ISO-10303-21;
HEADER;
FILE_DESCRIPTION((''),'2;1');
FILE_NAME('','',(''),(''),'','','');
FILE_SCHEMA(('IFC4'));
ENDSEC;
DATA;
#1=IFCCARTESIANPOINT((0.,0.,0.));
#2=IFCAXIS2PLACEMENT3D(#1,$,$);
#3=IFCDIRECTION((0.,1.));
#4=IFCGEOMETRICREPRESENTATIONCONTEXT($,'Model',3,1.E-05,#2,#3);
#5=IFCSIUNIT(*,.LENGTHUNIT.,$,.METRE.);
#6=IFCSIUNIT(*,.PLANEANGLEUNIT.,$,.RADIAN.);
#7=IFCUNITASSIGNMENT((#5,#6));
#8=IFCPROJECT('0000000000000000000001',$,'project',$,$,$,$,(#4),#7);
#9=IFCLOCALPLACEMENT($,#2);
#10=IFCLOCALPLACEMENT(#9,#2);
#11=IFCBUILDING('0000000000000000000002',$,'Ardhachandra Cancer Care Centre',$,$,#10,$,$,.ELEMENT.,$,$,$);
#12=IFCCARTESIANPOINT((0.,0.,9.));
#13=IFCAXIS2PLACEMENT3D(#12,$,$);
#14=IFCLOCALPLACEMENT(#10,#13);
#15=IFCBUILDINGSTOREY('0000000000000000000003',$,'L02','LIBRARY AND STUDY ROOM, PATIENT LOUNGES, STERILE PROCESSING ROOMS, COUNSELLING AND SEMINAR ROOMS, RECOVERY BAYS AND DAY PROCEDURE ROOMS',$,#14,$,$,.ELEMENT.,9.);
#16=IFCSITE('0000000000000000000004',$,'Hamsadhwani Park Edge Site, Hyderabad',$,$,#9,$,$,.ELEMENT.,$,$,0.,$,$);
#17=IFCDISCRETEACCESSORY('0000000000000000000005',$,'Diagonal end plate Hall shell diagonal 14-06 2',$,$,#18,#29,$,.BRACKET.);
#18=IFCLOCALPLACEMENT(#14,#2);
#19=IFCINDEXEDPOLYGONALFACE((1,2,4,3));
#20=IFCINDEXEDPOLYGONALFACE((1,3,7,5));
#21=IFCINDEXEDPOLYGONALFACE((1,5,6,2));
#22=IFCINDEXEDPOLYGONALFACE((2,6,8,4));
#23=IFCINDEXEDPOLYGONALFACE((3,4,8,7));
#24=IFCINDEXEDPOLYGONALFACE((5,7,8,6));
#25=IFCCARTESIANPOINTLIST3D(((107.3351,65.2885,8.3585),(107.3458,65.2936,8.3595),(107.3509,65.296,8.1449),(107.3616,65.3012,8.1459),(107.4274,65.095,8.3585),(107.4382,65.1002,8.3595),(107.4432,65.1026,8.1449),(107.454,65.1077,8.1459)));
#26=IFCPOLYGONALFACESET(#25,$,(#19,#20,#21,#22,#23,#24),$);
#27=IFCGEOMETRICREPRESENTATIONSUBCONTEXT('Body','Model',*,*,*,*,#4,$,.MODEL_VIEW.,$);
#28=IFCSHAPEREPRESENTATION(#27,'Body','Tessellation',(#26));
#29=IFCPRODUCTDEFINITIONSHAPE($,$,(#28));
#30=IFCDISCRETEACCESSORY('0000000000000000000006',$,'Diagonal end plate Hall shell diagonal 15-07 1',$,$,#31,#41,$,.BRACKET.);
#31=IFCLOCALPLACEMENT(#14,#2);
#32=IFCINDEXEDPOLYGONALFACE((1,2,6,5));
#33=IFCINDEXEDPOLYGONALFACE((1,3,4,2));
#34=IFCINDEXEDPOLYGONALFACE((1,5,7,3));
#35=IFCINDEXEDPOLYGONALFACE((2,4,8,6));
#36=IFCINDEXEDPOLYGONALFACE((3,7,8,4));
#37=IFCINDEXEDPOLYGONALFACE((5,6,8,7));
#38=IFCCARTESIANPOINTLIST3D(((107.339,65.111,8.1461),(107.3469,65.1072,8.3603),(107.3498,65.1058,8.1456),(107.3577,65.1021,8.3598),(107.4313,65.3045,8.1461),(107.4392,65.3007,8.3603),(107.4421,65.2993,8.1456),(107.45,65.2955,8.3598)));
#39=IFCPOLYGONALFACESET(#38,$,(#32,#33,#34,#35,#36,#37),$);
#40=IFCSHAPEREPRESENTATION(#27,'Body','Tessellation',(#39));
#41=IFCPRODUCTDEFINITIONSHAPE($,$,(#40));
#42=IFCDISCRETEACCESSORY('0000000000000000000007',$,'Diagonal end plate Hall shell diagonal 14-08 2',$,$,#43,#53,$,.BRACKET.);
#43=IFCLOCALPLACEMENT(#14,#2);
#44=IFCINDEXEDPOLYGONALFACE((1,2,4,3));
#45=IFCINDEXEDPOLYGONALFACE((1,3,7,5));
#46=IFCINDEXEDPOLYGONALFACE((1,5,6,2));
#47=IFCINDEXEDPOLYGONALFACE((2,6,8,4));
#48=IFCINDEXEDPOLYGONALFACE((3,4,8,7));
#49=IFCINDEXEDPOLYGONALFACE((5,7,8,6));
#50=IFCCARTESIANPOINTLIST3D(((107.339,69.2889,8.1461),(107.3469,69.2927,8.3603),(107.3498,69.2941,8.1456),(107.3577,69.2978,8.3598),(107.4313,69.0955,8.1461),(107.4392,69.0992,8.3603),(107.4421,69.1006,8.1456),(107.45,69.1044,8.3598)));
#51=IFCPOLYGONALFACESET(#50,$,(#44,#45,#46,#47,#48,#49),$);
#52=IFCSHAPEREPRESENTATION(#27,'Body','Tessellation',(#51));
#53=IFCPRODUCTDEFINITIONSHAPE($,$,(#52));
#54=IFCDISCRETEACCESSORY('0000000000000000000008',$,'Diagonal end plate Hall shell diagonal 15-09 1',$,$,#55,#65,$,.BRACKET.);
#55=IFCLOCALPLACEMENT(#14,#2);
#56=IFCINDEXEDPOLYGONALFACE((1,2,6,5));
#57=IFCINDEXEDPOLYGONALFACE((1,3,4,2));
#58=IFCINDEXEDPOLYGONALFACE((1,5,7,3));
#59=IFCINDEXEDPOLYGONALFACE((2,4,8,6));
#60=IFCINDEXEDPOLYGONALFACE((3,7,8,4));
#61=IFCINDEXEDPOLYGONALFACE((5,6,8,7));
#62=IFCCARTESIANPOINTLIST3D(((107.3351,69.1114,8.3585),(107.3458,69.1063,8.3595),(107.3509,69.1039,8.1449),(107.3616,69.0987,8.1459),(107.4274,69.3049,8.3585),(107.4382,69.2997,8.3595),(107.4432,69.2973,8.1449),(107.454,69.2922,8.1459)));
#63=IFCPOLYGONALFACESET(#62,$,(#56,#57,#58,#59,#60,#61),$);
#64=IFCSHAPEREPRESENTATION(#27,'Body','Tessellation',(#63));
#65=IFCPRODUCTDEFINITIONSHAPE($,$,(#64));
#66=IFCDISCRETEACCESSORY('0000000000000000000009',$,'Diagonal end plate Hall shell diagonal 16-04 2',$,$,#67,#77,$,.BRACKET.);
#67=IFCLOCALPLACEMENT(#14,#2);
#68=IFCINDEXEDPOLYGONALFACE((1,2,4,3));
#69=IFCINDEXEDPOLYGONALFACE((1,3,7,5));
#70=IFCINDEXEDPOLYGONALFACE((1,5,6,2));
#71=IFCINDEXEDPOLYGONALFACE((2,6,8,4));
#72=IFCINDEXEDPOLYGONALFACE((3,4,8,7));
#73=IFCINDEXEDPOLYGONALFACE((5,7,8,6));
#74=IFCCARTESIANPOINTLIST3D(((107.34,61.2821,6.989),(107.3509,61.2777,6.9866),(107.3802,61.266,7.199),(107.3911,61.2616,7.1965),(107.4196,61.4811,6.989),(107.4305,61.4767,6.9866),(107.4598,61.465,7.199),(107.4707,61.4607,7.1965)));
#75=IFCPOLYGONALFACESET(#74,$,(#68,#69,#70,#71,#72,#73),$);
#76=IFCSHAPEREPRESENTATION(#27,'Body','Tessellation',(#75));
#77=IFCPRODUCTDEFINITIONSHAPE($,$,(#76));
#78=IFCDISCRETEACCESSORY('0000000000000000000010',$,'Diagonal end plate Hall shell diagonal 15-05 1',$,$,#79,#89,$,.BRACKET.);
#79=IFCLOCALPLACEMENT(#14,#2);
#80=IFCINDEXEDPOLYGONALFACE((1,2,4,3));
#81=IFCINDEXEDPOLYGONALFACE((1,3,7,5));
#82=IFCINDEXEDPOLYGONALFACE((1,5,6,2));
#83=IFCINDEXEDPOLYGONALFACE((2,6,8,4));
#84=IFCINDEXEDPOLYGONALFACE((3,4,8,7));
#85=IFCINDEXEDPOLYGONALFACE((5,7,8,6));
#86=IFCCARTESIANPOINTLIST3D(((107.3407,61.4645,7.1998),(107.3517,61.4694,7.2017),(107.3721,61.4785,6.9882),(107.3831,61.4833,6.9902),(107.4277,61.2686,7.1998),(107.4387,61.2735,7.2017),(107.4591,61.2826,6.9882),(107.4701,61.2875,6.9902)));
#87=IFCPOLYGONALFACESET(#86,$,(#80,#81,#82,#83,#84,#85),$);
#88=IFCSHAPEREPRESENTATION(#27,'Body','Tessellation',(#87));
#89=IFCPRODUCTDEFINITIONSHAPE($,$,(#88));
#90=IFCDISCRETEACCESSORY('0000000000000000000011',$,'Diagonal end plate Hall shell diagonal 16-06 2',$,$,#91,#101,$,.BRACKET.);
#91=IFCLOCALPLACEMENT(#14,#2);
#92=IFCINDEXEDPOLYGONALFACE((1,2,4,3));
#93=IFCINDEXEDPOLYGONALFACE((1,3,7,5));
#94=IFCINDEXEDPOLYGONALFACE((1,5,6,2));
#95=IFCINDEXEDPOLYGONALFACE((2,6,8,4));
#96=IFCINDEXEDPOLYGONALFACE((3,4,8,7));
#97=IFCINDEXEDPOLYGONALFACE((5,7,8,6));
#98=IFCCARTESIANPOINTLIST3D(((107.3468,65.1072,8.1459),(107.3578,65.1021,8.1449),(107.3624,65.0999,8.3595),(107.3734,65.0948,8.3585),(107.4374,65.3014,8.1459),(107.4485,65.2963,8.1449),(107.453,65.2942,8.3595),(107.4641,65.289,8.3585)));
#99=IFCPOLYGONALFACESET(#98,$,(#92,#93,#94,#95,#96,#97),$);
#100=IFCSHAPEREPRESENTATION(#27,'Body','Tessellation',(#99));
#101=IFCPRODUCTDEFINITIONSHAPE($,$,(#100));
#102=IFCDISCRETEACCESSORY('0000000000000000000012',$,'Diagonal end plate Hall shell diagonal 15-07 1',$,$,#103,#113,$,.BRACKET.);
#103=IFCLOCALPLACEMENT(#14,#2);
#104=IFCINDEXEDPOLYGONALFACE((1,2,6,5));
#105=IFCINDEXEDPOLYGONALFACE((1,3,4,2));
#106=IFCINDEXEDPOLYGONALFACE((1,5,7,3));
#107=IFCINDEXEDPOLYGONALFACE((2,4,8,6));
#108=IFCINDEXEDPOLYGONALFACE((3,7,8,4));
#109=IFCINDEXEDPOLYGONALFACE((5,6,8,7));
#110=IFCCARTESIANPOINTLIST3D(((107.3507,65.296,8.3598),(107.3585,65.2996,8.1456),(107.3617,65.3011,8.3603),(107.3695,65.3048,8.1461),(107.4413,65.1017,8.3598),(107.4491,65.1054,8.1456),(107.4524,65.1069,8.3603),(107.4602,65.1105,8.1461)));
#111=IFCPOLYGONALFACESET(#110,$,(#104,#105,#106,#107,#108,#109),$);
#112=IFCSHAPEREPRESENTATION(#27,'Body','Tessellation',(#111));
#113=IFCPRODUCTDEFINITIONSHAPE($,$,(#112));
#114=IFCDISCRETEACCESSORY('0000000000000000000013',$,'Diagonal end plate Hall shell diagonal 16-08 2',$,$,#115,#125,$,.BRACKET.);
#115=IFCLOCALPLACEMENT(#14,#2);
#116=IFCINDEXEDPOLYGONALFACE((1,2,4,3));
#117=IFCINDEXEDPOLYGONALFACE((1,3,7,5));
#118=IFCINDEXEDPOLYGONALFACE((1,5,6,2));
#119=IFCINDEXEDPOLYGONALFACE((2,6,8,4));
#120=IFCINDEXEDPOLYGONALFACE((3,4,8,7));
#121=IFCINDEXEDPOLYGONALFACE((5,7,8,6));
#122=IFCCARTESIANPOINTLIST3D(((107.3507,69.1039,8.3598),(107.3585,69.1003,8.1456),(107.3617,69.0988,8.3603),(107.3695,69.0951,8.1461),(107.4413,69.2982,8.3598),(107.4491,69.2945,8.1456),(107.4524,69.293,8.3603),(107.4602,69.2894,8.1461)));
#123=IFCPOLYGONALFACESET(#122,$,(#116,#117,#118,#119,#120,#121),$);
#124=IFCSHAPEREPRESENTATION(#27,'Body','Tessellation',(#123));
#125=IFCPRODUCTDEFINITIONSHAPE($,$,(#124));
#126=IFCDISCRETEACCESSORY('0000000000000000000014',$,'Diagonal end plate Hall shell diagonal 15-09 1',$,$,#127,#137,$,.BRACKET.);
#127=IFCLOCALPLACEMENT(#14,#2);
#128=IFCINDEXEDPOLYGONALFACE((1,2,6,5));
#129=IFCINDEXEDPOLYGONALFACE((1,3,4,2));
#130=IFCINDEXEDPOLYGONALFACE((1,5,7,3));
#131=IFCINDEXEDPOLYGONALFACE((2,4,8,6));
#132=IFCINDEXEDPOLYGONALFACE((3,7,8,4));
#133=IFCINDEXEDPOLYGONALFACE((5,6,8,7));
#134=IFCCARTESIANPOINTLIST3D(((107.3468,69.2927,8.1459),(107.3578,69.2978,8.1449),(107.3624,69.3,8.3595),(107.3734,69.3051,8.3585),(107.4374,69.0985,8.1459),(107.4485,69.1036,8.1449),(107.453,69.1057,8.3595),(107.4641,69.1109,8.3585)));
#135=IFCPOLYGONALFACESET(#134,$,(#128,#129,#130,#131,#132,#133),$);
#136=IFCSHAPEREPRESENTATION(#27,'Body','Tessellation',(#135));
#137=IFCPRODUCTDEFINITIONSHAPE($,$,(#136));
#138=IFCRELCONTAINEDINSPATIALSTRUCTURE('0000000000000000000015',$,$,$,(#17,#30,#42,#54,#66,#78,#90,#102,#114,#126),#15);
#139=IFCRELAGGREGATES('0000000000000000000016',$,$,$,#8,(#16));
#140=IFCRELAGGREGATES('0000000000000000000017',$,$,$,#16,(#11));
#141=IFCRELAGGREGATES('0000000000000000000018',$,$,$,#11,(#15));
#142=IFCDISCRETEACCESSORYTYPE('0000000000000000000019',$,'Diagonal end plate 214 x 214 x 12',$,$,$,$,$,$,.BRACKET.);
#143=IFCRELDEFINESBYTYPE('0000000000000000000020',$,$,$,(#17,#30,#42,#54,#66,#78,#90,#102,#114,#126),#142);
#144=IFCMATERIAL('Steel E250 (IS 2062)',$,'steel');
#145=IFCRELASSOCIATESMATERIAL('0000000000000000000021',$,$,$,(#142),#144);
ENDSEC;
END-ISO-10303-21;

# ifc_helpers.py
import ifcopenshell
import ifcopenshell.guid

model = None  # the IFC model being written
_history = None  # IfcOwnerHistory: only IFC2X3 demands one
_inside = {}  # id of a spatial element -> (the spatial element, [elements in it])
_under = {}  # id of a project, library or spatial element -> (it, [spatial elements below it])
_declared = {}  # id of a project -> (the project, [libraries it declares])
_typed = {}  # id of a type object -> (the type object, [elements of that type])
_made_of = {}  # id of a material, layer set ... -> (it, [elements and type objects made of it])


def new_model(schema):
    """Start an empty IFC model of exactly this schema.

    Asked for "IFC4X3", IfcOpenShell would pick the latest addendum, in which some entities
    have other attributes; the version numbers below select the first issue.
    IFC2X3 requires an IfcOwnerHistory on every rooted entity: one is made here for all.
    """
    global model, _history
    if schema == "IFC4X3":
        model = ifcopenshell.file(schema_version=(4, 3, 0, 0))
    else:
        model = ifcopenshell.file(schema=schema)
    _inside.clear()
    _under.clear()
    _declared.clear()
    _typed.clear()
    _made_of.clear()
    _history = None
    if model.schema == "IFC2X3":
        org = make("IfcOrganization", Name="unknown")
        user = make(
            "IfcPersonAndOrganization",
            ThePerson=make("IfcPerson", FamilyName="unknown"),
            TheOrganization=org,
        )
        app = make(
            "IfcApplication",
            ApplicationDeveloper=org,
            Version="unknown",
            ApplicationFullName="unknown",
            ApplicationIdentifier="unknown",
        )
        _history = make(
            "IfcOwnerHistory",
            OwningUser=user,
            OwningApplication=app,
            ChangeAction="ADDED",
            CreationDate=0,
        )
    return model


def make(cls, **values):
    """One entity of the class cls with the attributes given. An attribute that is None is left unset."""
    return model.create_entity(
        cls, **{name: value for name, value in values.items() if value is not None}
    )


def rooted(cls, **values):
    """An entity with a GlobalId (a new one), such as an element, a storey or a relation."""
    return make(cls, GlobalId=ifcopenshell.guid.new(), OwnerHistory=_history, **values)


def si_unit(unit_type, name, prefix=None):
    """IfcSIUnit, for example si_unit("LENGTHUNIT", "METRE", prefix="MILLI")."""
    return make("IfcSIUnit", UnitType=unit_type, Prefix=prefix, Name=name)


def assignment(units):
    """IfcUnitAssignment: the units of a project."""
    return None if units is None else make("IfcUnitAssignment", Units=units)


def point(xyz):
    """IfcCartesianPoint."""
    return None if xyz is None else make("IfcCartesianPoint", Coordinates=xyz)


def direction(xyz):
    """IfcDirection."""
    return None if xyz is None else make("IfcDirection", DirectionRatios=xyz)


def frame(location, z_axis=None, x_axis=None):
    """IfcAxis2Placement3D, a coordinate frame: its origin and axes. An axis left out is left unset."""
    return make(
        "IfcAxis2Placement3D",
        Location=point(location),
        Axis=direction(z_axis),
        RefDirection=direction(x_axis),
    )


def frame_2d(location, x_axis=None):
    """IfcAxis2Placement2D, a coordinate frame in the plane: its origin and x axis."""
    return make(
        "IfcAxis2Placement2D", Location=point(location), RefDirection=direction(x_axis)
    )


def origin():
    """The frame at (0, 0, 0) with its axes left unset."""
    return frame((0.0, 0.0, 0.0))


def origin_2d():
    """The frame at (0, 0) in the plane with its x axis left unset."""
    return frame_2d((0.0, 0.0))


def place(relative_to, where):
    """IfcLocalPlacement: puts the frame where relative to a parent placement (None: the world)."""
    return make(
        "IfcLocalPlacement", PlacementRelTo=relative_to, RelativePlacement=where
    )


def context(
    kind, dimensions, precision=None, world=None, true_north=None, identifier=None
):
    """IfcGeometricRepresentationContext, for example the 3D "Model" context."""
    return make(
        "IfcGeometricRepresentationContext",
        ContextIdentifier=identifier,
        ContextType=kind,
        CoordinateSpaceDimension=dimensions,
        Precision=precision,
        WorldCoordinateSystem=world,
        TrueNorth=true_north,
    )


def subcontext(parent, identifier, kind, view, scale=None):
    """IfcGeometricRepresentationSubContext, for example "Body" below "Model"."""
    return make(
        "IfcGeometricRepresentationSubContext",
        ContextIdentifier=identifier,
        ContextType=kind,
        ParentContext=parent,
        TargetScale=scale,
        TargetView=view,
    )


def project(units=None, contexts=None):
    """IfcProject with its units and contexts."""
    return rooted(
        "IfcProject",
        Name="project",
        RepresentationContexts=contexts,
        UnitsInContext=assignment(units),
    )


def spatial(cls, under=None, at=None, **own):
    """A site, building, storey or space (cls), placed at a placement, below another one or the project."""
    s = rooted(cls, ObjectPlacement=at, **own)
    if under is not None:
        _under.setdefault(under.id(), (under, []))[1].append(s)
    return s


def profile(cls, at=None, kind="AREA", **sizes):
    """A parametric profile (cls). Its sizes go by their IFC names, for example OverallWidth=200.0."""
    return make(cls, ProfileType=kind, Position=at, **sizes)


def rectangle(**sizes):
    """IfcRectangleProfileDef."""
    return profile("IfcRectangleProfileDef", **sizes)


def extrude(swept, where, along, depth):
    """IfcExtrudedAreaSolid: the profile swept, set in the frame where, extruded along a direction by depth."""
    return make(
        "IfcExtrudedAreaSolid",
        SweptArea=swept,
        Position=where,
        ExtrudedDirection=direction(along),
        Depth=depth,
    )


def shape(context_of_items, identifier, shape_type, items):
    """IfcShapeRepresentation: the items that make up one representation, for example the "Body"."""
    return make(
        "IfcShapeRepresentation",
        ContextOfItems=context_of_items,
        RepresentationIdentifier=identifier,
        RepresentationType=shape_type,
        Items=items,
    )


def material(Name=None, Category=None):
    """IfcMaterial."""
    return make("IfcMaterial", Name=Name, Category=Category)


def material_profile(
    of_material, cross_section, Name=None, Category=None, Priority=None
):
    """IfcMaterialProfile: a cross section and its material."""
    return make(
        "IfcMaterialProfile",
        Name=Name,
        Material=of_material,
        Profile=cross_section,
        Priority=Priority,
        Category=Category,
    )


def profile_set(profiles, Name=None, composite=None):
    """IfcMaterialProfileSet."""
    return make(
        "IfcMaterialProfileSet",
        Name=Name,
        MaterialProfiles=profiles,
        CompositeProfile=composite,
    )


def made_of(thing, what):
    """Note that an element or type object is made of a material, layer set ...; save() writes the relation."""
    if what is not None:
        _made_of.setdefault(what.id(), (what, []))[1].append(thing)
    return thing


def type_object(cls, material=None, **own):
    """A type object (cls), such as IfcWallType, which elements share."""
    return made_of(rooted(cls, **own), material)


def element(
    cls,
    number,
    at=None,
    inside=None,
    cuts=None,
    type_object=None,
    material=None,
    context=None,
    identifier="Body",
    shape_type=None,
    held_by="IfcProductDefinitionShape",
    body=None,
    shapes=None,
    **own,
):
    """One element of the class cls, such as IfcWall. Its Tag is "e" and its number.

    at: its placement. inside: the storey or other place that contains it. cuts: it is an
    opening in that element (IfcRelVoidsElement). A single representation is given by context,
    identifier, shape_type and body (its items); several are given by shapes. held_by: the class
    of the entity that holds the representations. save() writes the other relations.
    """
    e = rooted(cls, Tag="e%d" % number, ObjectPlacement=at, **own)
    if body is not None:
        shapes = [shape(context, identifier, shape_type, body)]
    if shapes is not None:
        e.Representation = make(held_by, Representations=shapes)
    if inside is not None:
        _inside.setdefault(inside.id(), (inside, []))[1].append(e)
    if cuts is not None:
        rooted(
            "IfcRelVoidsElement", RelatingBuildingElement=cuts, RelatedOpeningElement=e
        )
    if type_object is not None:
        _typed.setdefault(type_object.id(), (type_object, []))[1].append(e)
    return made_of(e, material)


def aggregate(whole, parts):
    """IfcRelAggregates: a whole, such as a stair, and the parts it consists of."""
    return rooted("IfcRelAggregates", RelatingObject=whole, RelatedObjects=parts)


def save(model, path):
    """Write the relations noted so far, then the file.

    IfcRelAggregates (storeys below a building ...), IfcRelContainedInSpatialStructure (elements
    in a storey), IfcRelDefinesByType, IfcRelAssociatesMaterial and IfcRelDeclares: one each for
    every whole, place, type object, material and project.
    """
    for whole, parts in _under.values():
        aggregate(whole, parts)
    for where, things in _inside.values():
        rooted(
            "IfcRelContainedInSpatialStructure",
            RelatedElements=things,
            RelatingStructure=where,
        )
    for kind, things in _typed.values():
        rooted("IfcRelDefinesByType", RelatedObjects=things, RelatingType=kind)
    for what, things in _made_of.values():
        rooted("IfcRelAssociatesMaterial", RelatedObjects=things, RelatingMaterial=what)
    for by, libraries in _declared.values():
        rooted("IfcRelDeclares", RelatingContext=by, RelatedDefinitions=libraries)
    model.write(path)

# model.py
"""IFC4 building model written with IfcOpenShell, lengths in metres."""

from ifc_helpers import new_model, si_unit, direction, frame, origin, origin_2d, place, context, subcontext, project, spatial, rectangle, extrude, material, material_profile, profile_set, type_object, element, save


model = new_model("IFC4")

# Units and contexts
model_context = context("Model", 3, precision=1e-05, world=origin(), true_north=direction((0.0, 1.0)))
body_context = subcontext(model_context, "Body", "Model", "MODEL_VIEW")
ifc_project = project(units=[si_unit("LENGTHUNIT", "METRE"), si_unit("PLANEANGLEUNIT", "RADIAN")], contexts=[model_context])

# Site, building, storey
site_placement = place(None, origin())
site = spatial("IfcSite", under=ifc_project, at=site_placement, Name="Hamsadhwani Park Edge Site, Hyderabad", CompositionType="ELEMENT", RefElevation=0.0)
building_placement = place(site_placement, origin())
building = spatial("IfcBuilding", under=site, at=building_placement, Name="Ardhachandra Cancer Care Centre", CompositionType="ELEMENT")
storey_placement = place(building_placement, frame((0.0, 0.0, 9.0)))
storey = spatial("IfcBuildingStorey", under=building, at=storey_placement, Name="L02", Description="LIBRARY AND STUDY ROOM, PATIENT LOUNGES, STERILE PROCESSING ROOMS, COUNSELLING AND SEMINAR ROOMS, RECOVERY BAYS AND DAY PROCEDURE ROOMS", CompositionType="ELEMENT", Elevation=9.0)

# Discrete accessories
ifc_material_1 = material(Name="Steel E250 (IS 2062)", Category="steel")
ifc_material_profile_1 = material_profile(ifc_material_1, rectangle(XDim=0.2144, YDim=0.2144, at=origin_2d()), Name="PL 214x214x12")
ifc_profile_set_1 = profile_set([ifc_material_profile_1], Name="Steel E250 (IS 2062)")
discrete_accessory_type = type_object("IfcDiscreteAccessoryType", Name="Diagonal end plate 214 x 214 x 12", PredefinedType="BRACKET", material=ifc_profile_set_1)
for number, where, z_axis, x_axis, name in (
    (1, (107.3999, 65.2007, 8.2527), (-0.899459, -0.429287, -0.081769), (0.43073, -0.902481, 0.0), "Diagonal end plate Hall shell diagonal 14-06 2"),
    (2, (107.3999, 65.2007, 8.2527), (-0.901723, 0.430368, 0.040987), (-0.43073, -0.902481, 0.0), "Diagonal end plate Hall shell diagonal 15-07 1"),
    (3, (107.3999, 69.1992, 8.2527), (-0.901723, -0.430368, 0.040987), (0.43073, -0.902481, 0.0), "Diagonal end plate Hall shell diagonal 14-08 2"),
    (4, (107.3999, 69.1992, 8.2527), (-0.899459, 0.429287, -0.081769), (-0.43073, -0.902481, 0.0), "Diagonal end plate Hall shell diagonal 15-09 1"),
    (5, (107.3999, 61.3735, 7.094), (0.909323, -0.363729, -0.202072), (0.371391, 0.928477, 0.0), "Diagonal end plate Hall shell diagonal 16-04 2"),
):
    element("IfcDiscreteAccessory", number, at=place(storey_placement, frame(where, z_axis=z_axis, x_axis=x_axis)), inside=storey, type_object=discrete_accessory_type, Name=name, PredefinedType="BRACKET", context=body_context, shape_type="SweptSolid", body=[
        extrude(rectangle(XDim=0.2144, YDim=0.2144, at=origin_2d()), origin(), (0.0, 0.0, 1.0), 0.012),
    ])
for number, where, z_axis, x_axis, name in (
    (6, (107.3999, 61.3735, 7.094), (0.901987, 0.400883, 0.160353), (-0.406138, 0.913812, 0.0), "Diagonal end plate Hall shell diagonal 15-05 1"),
    (7, (107.3999, 65.2007, 8.2527), (0.903258, -0.42152, -0.08029), (0.422885, 0.906183, 0.0), "Diagonal end plate Hall shell diagonal 16-06 2"),
    (8, (107.3999, 65.2007, 8.2527), (0.905449, 0.422543, 0.040242), (-0.422885, 0.906183, 0.0), "Diagonal end plate Hall shell diagonal 15-07 1"),
    (9, (107.3999, 69.1992, 8.2527), (0.905449, -0.422543, 0.040242), (0.422885, 0.906183, 0.0), "Diagonal end plate Hall shell diagonal 16-08 2"),
    (10, (107.3999, 69.1992, 8.2527), (0.903258, 0.42152, -0.08029), (-0.422885, 0.906183, 0.0), "Diagonal end plate Hall shell diagonal 15-09 1"),
):
    element("IfcDiscreteAccessory", number, at=place(storey_placement, frame(where, z_axis=z_axis, x_axis=x_axis)), inside=storey, type_object=discrete_accessory_type, Name=name, PredefinedType="BRACKET", context=body_context, shape_type="SweptSolid", body=[
        extrude(rectangle(XDim=0.2144, YDim=0.2144, at=origin_2d()), origin(), (0.0, 0.0, 1.0), 0.0122),
    ])

save(model, "model.ifc")
